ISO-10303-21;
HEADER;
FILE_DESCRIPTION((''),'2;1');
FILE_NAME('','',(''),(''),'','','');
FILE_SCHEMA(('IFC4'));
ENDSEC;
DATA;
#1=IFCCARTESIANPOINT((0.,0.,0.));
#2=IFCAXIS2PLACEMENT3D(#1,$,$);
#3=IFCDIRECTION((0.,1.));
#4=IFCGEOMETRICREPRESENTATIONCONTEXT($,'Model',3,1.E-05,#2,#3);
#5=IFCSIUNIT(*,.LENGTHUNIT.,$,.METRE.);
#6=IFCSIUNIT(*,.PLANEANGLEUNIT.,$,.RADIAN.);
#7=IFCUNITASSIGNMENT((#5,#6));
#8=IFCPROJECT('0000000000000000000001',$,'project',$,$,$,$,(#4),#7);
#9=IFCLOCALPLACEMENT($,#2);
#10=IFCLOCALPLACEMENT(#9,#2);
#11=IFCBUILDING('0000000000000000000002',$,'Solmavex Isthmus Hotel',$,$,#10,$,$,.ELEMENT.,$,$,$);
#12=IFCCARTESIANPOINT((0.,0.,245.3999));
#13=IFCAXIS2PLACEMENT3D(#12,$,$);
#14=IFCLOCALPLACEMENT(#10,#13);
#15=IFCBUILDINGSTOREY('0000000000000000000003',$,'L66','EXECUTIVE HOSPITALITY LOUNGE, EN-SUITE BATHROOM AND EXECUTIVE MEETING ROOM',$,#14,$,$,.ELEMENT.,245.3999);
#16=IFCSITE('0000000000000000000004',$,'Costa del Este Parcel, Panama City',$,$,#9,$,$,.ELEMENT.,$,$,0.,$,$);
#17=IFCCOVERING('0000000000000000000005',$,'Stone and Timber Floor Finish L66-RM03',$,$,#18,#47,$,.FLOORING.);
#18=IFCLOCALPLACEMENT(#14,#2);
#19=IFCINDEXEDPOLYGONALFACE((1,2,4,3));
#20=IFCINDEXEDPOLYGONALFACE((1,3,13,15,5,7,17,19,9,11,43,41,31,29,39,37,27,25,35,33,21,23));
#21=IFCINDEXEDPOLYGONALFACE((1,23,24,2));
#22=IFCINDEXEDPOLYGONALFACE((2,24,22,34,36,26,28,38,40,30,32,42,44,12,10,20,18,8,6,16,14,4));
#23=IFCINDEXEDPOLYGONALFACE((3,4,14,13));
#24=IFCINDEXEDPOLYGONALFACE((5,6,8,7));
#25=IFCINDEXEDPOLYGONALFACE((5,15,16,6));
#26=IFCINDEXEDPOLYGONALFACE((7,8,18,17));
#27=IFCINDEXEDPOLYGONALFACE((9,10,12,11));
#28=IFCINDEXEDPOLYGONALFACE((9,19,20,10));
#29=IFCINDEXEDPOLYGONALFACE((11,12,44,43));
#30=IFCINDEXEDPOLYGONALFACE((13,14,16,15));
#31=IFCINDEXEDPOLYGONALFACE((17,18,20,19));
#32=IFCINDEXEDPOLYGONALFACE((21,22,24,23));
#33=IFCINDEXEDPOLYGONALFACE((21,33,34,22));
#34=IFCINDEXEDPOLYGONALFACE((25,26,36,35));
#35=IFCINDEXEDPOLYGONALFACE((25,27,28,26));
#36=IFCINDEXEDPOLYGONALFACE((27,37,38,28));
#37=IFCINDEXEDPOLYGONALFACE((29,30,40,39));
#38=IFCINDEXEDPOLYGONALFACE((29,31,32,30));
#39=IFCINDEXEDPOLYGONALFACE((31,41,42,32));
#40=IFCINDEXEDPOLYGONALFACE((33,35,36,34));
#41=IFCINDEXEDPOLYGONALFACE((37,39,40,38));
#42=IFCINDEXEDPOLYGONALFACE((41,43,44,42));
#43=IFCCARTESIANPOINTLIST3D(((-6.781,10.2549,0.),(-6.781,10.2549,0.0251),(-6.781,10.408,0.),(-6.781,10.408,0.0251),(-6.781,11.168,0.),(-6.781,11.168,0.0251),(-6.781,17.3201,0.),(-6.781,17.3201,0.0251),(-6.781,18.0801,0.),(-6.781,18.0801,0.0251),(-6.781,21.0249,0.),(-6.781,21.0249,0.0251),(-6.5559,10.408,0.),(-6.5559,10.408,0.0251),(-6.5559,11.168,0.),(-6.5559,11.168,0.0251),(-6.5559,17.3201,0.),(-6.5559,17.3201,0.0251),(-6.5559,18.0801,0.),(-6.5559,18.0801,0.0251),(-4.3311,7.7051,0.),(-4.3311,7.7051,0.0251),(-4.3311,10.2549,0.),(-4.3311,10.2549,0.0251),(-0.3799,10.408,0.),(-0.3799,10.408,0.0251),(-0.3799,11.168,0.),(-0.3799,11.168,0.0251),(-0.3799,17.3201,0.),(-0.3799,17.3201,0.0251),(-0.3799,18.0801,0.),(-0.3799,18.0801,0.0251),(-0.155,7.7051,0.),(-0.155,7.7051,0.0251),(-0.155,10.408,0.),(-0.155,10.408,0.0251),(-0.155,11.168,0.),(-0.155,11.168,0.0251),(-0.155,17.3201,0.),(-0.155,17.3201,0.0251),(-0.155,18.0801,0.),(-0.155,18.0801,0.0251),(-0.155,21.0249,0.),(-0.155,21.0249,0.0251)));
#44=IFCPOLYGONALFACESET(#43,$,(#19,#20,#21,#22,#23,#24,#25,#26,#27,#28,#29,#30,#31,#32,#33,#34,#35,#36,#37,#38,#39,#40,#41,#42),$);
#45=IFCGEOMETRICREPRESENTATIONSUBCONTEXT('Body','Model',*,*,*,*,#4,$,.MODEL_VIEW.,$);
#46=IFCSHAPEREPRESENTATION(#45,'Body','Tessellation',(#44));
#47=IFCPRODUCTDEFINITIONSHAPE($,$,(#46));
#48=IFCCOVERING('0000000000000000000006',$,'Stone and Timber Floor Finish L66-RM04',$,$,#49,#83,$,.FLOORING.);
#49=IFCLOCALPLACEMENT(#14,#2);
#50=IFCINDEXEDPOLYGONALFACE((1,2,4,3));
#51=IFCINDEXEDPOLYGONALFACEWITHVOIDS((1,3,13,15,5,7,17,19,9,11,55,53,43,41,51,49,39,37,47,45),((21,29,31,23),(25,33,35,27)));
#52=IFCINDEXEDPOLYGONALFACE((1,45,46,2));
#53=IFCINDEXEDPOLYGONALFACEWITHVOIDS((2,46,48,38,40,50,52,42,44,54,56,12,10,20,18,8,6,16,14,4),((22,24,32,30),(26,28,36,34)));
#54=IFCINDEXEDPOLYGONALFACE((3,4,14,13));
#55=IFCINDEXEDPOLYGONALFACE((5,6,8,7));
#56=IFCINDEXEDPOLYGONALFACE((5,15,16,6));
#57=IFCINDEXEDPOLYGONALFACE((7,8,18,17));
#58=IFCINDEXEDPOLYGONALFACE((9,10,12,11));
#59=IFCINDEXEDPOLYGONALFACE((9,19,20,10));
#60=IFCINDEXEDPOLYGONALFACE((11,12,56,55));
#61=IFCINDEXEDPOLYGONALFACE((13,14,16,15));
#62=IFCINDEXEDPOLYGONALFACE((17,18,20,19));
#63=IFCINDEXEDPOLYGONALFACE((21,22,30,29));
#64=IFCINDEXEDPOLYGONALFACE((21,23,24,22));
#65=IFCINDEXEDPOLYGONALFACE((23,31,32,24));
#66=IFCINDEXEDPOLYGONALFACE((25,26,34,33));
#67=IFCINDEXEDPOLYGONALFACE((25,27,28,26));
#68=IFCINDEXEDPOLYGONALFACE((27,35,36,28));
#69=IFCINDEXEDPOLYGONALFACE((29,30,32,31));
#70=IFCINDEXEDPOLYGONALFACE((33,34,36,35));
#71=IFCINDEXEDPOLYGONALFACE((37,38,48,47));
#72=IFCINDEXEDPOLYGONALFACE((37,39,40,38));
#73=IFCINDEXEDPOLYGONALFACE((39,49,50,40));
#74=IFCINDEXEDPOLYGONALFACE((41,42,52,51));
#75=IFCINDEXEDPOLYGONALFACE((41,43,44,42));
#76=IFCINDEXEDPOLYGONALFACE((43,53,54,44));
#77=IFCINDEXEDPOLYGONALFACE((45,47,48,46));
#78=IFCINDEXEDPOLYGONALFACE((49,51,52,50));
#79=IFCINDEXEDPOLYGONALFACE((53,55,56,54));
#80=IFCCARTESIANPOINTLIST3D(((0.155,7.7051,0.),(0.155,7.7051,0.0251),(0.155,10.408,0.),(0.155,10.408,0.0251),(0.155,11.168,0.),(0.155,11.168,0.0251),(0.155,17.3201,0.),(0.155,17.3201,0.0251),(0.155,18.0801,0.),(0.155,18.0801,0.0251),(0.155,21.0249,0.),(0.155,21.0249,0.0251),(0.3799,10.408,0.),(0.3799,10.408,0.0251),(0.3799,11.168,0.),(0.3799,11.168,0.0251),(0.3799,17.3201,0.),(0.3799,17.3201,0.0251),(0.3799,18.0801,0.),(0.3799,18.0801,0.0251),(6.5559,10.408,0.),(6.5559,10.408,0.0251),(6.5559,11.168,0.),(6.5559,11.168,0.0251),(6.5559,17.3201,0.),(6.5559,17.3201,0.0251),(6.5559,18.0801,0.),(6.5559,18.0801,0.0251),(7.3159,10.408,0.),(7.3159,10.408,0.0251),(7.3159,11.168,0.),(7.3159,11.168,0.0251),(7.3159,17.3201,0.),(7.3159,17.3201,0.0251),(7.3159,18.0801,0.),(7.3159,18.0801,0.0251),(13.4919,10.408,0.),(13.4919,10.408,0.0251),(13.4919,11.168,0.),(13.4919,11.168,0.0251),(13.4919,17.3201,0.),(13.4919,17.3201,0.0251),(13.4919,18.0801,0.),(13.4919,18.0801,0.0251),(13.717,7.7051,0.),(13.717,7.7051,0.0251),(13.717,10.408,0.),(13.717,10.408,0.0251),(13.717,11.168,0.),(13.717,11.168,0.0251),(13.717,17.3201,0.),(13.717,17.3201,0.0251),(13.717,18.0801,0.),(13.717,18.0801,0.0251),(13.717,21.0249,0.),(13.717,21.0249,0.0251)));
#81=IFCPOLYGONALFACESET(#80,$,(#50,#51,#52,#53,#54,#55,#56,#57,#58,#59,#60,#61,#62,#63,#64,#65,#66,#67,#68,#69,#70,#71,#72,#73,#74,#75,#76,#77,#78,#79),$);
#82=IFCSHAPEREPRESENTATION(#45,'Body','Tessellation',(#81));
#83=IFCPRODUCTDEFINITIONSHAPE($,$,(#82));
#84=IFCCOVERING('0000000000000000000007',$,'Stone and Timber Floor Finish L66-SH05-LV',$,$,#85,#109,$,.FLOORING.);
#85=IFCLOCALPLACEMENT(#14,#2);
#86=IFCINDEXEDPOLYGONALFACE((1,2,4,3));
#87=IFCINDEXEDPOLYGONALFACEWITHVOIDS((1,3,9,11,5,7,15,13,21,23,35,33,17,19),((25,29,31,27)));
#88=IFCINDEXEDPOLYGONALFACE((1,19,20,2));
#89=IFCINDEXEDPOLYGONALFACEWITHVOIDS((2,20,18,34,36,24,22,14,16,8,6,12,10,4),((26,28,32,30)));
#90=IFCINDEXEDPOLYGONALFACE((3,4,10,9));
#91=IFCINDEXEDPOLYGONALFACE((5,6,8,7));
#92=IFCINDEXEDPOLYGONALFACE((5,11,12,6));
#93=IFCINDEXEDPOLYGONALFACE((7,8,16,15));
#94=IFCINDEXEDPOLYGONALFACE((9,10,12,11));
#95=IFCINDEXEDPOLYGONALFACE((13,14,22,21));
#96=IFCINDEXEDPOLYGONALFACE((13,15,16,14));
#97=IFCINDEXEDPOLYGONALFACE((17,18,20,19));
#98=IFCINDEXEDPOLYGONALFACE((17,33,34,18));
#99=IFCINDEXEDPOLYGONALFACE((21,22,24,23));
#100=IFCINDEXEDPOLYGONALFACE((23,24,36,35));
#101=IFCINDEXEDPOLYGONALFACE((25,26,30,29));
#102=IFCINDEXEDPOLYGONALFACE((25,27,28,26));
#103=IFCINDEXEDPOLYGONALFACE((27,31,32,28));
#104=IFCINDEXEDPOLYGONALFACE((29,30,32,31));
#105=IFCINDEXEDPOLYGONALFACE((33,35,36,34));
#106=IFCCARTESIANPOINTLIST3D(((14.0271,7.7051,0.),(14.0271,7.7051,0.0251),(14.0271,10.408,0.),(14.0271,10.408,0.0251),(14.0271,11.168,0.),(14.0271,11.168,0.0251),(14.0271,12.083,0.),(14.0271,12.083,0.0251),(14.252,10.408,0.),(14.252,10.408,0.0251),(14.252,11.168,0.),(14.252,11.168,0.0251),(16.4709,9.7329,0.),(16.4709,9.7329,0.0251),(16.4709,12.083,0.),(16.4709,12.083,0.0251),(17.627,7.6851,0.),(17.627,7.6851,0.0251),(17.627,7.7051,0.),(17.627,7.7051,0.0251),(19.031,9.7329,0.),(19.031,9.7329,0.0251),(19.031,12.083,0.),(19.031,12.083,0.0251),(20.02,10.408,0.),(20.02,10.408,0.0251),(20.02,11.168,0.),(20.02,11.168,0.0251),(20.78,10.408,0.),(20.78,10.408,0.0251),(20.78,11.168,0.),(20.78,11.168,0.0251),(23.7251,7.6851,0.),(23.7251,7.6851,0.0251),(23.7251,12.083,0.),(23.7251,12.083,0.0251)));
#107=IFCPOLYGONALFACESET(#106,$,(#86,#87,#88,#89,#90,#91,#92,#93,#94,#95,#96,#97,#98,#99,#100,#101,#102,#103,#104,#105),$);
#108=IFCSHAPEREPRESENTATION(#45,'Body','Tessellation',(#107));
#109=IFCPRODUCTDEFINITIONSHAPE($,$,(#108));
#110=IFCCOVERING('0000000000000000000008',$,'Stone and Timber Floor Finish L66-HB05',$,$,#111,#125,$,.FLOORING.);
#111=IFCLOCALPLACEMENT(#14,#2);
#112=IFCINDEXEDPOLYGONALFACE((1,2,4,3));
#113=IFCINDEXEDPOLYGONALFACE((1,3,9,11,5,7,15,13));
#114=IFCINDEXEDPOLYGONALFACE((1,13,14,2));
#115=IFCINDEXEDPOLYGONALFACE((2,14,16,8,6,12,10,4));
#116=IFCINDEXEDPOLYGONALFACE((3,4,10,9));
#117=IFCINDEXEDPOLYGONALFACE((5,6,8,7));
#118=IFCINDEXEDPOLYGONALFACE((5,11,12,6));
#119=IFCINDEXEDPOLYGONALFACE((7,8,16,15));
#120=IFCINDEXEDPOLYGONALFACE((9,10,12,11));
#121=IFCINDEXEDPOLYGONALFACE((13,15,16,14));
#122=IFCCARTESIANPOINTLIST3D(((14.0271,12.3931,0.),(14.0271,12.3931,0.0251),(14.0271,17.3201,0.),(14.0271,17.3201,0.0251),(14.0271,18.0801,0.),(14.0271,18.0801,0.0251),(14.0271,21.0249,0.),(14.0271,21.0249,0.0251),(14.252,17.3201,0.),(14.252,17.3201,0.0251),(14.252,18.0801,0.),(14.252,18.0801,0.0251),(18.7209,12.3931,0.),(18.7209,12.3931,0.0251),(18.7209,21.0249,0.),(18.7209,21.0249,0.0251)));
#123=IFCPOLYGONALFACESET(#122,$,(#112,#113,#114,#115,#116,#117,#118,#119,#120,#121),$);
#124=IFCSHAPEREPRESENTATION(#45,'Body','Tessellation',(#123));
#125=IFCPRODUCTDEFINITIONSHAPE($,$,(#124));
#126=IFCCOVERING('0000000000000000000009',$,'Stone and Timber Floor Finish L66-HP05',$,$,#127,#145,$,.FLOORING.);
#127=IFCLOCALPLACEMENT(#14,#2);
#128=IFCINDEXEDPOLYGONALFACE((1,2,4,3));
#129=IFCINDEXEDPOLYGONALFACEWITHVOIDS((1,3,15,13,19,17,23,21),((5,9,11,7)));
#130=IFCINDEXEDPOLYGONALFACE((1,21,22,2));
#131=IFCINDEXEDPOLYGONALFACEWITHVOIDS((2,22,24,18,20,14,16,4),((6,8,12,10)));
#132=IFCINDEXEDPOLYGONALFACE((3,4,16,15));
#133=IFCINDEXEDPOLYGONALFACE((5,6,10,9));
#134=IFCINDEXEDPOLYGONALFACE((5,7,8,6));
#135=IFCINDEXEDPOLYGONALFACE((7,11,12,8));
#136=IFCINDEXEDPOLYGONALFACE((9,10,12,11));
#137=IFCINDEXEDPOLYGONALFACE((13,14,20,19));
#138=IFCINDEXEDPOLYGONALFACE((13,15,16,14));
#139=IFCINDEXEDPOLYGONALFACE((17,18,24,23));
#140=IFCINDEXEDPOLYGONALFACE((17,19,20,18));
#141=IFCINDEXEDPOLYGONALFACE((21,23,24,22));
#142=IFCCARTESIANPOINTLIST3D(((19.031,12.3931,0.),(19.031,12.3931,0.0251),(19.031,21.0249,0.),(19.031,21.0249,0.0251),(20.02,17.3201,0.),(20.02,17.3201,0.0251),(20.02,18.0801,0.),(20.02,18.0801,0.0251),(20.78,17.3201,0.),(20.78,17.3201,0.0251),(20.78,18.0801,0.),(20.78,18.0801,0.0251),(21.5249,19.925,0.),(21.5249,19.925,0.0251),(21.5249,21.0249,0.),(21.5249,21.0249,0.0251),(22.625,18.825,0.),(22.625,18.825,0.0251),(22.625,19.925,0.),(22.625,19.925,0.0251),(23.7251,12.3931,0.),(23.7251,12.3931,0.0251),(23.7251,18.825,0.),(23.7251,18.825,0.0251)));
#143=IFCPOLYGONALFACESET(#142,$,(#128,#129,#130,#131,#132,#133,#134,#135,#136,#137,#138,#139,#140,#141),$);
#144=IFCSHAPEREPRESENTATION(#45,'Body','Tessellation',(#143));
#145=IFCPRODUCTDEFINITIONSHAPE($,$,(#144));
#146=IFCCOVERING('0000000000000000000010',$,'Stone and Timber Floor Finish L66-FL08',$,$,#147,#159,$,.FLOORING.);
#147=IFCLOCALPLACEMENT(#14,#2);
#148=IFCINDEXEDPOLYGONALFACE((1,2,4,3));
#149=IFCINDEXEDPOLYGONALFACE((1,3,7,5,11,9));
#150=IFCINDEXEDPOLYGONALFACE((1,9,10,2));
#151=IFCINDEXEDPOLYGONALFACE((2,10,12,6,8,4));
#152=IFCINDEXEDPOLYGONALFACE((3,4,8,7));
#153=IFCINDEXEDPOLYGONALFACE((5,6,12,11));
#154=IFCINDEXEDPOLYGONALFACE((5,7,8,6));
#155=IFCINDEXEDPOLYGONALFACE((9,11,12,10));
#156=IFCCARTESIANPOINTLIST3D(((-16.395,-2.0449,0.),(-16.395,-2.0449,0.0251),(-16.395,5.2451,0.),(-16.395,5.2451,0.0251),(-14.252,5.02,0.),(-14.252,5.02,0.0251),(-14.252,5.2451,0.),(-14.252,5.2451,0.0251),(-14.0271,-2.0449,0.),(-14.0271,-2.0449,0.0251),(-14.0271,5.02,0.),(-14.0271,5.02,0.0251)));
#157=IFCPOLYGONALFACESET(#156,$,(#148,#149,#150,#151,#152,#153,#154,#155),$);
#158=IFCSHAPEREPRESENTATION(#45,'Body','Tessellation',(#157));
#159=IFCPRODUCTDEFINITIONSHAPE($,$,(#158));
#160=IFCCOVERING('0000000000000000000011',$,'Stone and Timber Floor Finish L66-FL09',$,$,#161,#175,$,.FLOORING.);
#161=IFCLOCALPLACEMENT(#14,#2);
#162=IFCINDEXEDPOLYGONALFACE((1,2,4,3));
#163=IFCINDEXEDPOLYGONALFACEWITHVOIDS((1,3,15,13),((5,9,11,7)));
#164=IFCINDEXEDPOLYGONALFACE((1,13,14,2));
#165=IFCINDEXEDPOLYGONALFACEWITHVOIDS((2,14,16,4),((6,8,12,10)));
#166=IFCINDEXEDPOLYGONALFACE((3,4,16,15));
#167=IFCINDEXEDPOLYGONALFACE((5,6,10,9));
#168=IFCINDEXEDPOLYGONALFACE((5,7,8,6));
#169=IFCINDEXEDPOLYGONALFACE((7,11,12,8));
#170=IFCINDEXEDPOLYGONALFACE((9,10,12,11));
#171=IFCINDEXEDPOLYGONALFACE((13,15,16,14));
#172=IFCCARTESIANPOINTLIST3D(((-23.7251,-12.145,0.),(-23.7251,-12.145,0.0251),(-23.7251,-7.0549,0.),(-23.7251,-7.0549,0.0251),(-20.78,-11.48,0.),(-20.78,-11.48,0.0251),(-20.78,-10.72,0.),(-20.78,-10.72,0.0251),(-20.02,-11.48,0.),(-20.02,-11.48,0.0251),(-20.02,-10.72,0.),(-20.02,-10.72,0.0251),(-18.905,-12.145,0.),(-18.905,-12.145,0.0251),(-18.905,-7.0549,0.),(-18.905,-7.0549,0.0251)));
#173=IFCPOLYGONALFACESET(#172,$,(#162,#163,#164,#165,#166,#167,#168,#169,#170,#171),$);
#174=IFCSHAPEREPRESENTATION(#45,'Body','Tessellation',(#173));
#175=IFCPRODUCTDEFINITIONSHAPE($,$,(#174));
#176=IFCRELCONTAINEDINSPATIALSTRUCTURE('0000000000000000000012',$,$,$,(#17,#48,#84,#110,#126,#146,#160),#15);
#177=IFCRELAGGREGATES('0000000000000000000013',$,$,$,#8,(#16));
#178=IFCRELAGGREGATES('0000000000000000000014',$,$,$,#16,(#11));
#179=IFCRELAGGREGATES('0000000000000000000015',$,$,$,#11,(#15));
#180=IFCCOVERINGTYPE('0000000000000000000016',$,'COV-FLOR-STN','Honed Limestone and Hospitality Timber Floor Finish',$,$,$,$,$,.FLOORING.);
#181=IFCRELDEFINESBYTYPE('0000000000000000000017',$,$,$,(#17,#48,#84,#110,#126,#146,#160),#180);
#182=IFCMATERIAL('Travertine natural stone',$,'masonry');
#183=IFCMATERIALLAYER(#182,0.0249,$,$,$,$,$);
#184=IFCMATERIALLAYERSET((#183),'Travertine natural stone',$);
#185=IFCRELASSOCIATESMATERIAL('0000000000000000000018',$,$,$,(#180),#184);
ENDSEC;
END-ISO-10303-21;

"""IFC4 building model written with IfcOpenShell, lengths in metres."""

from ifc_helpers import new_model, si_unit, direction, frame, origin, place, context, subcontext, project, spatial, polyline, outline, extrude, material, layer, layer_set, type_object, element, save


model = new_model("IFC4")

# Units and contexts
model_context = context("Model", 3, precision=1e-05, world=origin(), true_north=direction((0.0, 1.0)))
body_context = subcontext(model_context, "Body", "Model", "MODEL_VIEW")
ifc_project = project(units=[si_unit("LENGTHUNIT", "METRE"), si_unit("PLANEANGLEUNIT", "RADIAN")], contexts=[model_context])

# Site, building, storey
site_placement = place(None, origin())
site = spatial("IfcSite", under=ifc_project, at=site_placement, Name="Costa del Este Parcel, Panama City", CompositionType="ELEMENT", RefElevation=0.0)
building_placement = place(site_placement, origin())
building = spatial("IfcBuilding", under=site, at=building_placement, Name="Solmavex Isthmus Hotel", CompositionType="ELEMENT")
storey_placement = place(building_placement, frame((0.0, 0.0, 245.3999)))
storey = spatial("IfcBuildingStorey", under=building, at=storey_placement, Name="L66", Description="EXECUTIVE HOSPITALITY LOUNGE, EN-SUITE BATHROOM AND EXECUTIVE MEETING ROOM", CompositionType="ELEMENT", Elevation=245.3999)

# Coverings
ifc_material_1 = material(Name="Travertine natural stone", Category="masonry")
ifc_layer_1 = layer(ifc_material_1, 0.0249)
ifc_layer_set_1 = layer_set([ifc_layer_1], Name="Travertine natural stone")
covering_type_1 = type_object("IfcCoveringType", Name="COV-FLOR-STN", Description="Honed Limestone and Hospitality Timber Floor Finish", PredefinedType="FLOORING", material=ifc_layer_set_1)
covering_1_placement = place(storey_placement, origin())
element("IfcCovering", 1, at=covering_1_placement, inside=storey, type_object=covering_type_1, Name="Stone and Timber Floor Finish L66-RM03", PredefinedType="FLOORING", context=body_context, shape_type="SweptSolid", body=[
    extrude(outline(polyline([(-6.781, 11.168), (-6.5559, 11.168), (-6.5559, 10.408), (-6.781, 10.408), (-6.781, 10.2549), (-4.3311, 10.2549), (-4.3311, 7.7051), (-0.155, 7.7051), (-0.155, 10.408), (-0.3799, 10.408), (-0.3799, 11.168), (-0.155, 11.168), (-0.155, 17.3201), (-0.3799, 17.3201), (-0.3799, 18.0801), (-0.155, 18.0801), (-0.155, 21.0249), (-6.781, 21.0249), (-6.781, 18.0801), (-6.5559, 18.0801), (-6.5559, 17.3201), (-6.781, 17.3201), (-6.781, 11.168)])), origin(), (0.0, 0.0, 1.0), 0.0251),
])
covering_2_placement = place(storey_placement, origin())
element("IfcCovering", 2, at=covering_2_placement, inside=storey, type_object=covering_type_1, Name="Stone and Timber Floor Finish L66-RM04", PredefinedType="FLOORING", context=body_context, shape_type="SweptSolid", body=[
    extrude(outline(polyline([(0.155, 11.168), (0.3799, 11.168), (0.3799, 10.408), (0.155, 10.408), (0.155, 7.7051), (13.717, 7.7051), (13.717, 10.408), (13.4919, 10.408), (13.4919, 11.168), (13.717, 11.168), (13.717, 17.3201), (13.4919, 17.3201), (13.4919, 18.0801), (13.717, 18.0801), (13.717, 21.0249), (0.155, 21.0249), (0.155, 18.0801), (0.3799, 18.0801), (0.3799, 17.3201), (0.155, 17.3201), (0.155, 11.168)]), holes=[polyline([(6.5559, 10.408), (6.5559, 11.168), (7.3159, 11.168), (7.3159, 10.408), (6.5559, 10.408)]), polyline([(6.5559, 17.3201), (6.5559, 18.0801), (7.3159, 18.0801), (7.3159, 17.3201), (6.5559, 17.3201)])]), origin(), (0.0, 0.0, 1.0), 0.0251),
])
covering_3_placement = place(storey_placement, origin())
element("IfcCovering", 3, at=covering_3_placement, inside=storey, type_object=covering_type_1, Name="Stone and Timber Floor Finish L66-SH05-LV", PredefinedType="FLOORING", context=body_context, shape_type="SweptSolid", body=[
    extrude(outline(polyline([(14.0271, 11.168), (14.252, 11.168), (14.252, 10.408), (14.0271, 10.408), (14.0271, 7.7051), (17.627, 7.7051), (17.627, 7.6851), (23.7251, 7.6851), (23.7251, 12.083), (19.031, 12.083), (19.031, 9.7329), (16.4709, 9.7329), (16.4709, 12.083), (14.0271, 12.083), (14.0271, 11.168)]), holes=[polyline([(20.02, 10.408), (20.02, 11.168), (20.78, 11.168), (20.78, 10.408), (20.02, 10.408)])]), origin(), (0.0, 0.0, 1.0), 0.0251),
])
covering_4_placement = place(storey_placement, origin())
element("IfcCovering", 4, at=covering_4_placement, inside=storey, type_object=covering_type_1, Name="Stone and Timber Floor Finish L66-HB05", PredefinedType="FLOORING", context=body_context, shape_type="SweptSolid", body=[
    extrude(outline(polyline([(14.0271, 18.0801), (14.252, 18.0801), (14.252, 17.3201), (14.0271, 17.3201), (14.0271, 12.3931), (18.7209, 12.3931), (18.7209, 21.0249), (14.0271, 21.0249), (14.0271, 18.0801)])), origin(), (0.0, 0.0, 1.0), 0.0251),
])
covering_5_placement = place(storey_placement, origin())
element("IfcCovering", 5, at=covering_5_placement, inside=storey, type_object=covering_type_1, Name="Stone and Timber Floor Finish L66-HP05", PredefinedType="FLOORING", context=body_context, shape_type="SweptSolid", body=[
    extrude(outline(polyline([(21.5249, 19.925), (21.5249, 21.0249), (19.031, 21.0249), (19.031, 12.3931), (23.7251, 12.3931), (23.7251, 18.825), (22.625, 18.825), (22.625, 19.925), (21.5249, 19.925)]), holes=[polyline([(20.02, 17.3201), (20.02, 18.0801), (20.78, 18.0801), (20.78, 17.3201), (20.02, 17.3201)])]), origin(), (0.0, 0.0, 1.0), 0.0251),
])
covering_6_placement = place(storey_placement, origin())
element("IfcCovering", 6, at=covering_6_placement, inside=storey, type_object=covering_type_1, Name="Stone and Timber Floor Finish L66-FL08", PredefinedType="FLOORING", context=body_context, shape_type="SweptSolid", body=[
    extrude(outline(polyline([(-16.395, -2.0449), (-14.0271, -2.0449), (-14.0271, 5.02), (-14.252, 5.02), (-14.252, 5.2451), (-16.395, 5.2451), (-16.395, -2.0449)])), origin(), (0.0, 0.0, 1.0), 0.0251),
])
covering_7_placement = place(storey_placement, origin())
element("IfcCovering", 7, at=covering_7_placement, inside=storey, type_object=covering_type_1, Name="Stone and Timber Floor Finish L66-FL09", PredefinedType="FLOORING", context=body_context, shape_type="SweptSolid", body=[
    extrude(outline(polyline([(-23.7251, -7.0549), (-23.7251, -12.145), (-18.905, -12.145), (-18.905, -7.0549), (-23.7251, -7.0549)]), holes=[polyline([(-20.78, -11.48), (-20.78, -10.72), (-20.02, -10.72), (-20.02, -11.48), (-20.78, -11.48)])]), origin(), (0.0, 0.0, 1.0), 0.0251),
])

save(model, "model.ifc")
